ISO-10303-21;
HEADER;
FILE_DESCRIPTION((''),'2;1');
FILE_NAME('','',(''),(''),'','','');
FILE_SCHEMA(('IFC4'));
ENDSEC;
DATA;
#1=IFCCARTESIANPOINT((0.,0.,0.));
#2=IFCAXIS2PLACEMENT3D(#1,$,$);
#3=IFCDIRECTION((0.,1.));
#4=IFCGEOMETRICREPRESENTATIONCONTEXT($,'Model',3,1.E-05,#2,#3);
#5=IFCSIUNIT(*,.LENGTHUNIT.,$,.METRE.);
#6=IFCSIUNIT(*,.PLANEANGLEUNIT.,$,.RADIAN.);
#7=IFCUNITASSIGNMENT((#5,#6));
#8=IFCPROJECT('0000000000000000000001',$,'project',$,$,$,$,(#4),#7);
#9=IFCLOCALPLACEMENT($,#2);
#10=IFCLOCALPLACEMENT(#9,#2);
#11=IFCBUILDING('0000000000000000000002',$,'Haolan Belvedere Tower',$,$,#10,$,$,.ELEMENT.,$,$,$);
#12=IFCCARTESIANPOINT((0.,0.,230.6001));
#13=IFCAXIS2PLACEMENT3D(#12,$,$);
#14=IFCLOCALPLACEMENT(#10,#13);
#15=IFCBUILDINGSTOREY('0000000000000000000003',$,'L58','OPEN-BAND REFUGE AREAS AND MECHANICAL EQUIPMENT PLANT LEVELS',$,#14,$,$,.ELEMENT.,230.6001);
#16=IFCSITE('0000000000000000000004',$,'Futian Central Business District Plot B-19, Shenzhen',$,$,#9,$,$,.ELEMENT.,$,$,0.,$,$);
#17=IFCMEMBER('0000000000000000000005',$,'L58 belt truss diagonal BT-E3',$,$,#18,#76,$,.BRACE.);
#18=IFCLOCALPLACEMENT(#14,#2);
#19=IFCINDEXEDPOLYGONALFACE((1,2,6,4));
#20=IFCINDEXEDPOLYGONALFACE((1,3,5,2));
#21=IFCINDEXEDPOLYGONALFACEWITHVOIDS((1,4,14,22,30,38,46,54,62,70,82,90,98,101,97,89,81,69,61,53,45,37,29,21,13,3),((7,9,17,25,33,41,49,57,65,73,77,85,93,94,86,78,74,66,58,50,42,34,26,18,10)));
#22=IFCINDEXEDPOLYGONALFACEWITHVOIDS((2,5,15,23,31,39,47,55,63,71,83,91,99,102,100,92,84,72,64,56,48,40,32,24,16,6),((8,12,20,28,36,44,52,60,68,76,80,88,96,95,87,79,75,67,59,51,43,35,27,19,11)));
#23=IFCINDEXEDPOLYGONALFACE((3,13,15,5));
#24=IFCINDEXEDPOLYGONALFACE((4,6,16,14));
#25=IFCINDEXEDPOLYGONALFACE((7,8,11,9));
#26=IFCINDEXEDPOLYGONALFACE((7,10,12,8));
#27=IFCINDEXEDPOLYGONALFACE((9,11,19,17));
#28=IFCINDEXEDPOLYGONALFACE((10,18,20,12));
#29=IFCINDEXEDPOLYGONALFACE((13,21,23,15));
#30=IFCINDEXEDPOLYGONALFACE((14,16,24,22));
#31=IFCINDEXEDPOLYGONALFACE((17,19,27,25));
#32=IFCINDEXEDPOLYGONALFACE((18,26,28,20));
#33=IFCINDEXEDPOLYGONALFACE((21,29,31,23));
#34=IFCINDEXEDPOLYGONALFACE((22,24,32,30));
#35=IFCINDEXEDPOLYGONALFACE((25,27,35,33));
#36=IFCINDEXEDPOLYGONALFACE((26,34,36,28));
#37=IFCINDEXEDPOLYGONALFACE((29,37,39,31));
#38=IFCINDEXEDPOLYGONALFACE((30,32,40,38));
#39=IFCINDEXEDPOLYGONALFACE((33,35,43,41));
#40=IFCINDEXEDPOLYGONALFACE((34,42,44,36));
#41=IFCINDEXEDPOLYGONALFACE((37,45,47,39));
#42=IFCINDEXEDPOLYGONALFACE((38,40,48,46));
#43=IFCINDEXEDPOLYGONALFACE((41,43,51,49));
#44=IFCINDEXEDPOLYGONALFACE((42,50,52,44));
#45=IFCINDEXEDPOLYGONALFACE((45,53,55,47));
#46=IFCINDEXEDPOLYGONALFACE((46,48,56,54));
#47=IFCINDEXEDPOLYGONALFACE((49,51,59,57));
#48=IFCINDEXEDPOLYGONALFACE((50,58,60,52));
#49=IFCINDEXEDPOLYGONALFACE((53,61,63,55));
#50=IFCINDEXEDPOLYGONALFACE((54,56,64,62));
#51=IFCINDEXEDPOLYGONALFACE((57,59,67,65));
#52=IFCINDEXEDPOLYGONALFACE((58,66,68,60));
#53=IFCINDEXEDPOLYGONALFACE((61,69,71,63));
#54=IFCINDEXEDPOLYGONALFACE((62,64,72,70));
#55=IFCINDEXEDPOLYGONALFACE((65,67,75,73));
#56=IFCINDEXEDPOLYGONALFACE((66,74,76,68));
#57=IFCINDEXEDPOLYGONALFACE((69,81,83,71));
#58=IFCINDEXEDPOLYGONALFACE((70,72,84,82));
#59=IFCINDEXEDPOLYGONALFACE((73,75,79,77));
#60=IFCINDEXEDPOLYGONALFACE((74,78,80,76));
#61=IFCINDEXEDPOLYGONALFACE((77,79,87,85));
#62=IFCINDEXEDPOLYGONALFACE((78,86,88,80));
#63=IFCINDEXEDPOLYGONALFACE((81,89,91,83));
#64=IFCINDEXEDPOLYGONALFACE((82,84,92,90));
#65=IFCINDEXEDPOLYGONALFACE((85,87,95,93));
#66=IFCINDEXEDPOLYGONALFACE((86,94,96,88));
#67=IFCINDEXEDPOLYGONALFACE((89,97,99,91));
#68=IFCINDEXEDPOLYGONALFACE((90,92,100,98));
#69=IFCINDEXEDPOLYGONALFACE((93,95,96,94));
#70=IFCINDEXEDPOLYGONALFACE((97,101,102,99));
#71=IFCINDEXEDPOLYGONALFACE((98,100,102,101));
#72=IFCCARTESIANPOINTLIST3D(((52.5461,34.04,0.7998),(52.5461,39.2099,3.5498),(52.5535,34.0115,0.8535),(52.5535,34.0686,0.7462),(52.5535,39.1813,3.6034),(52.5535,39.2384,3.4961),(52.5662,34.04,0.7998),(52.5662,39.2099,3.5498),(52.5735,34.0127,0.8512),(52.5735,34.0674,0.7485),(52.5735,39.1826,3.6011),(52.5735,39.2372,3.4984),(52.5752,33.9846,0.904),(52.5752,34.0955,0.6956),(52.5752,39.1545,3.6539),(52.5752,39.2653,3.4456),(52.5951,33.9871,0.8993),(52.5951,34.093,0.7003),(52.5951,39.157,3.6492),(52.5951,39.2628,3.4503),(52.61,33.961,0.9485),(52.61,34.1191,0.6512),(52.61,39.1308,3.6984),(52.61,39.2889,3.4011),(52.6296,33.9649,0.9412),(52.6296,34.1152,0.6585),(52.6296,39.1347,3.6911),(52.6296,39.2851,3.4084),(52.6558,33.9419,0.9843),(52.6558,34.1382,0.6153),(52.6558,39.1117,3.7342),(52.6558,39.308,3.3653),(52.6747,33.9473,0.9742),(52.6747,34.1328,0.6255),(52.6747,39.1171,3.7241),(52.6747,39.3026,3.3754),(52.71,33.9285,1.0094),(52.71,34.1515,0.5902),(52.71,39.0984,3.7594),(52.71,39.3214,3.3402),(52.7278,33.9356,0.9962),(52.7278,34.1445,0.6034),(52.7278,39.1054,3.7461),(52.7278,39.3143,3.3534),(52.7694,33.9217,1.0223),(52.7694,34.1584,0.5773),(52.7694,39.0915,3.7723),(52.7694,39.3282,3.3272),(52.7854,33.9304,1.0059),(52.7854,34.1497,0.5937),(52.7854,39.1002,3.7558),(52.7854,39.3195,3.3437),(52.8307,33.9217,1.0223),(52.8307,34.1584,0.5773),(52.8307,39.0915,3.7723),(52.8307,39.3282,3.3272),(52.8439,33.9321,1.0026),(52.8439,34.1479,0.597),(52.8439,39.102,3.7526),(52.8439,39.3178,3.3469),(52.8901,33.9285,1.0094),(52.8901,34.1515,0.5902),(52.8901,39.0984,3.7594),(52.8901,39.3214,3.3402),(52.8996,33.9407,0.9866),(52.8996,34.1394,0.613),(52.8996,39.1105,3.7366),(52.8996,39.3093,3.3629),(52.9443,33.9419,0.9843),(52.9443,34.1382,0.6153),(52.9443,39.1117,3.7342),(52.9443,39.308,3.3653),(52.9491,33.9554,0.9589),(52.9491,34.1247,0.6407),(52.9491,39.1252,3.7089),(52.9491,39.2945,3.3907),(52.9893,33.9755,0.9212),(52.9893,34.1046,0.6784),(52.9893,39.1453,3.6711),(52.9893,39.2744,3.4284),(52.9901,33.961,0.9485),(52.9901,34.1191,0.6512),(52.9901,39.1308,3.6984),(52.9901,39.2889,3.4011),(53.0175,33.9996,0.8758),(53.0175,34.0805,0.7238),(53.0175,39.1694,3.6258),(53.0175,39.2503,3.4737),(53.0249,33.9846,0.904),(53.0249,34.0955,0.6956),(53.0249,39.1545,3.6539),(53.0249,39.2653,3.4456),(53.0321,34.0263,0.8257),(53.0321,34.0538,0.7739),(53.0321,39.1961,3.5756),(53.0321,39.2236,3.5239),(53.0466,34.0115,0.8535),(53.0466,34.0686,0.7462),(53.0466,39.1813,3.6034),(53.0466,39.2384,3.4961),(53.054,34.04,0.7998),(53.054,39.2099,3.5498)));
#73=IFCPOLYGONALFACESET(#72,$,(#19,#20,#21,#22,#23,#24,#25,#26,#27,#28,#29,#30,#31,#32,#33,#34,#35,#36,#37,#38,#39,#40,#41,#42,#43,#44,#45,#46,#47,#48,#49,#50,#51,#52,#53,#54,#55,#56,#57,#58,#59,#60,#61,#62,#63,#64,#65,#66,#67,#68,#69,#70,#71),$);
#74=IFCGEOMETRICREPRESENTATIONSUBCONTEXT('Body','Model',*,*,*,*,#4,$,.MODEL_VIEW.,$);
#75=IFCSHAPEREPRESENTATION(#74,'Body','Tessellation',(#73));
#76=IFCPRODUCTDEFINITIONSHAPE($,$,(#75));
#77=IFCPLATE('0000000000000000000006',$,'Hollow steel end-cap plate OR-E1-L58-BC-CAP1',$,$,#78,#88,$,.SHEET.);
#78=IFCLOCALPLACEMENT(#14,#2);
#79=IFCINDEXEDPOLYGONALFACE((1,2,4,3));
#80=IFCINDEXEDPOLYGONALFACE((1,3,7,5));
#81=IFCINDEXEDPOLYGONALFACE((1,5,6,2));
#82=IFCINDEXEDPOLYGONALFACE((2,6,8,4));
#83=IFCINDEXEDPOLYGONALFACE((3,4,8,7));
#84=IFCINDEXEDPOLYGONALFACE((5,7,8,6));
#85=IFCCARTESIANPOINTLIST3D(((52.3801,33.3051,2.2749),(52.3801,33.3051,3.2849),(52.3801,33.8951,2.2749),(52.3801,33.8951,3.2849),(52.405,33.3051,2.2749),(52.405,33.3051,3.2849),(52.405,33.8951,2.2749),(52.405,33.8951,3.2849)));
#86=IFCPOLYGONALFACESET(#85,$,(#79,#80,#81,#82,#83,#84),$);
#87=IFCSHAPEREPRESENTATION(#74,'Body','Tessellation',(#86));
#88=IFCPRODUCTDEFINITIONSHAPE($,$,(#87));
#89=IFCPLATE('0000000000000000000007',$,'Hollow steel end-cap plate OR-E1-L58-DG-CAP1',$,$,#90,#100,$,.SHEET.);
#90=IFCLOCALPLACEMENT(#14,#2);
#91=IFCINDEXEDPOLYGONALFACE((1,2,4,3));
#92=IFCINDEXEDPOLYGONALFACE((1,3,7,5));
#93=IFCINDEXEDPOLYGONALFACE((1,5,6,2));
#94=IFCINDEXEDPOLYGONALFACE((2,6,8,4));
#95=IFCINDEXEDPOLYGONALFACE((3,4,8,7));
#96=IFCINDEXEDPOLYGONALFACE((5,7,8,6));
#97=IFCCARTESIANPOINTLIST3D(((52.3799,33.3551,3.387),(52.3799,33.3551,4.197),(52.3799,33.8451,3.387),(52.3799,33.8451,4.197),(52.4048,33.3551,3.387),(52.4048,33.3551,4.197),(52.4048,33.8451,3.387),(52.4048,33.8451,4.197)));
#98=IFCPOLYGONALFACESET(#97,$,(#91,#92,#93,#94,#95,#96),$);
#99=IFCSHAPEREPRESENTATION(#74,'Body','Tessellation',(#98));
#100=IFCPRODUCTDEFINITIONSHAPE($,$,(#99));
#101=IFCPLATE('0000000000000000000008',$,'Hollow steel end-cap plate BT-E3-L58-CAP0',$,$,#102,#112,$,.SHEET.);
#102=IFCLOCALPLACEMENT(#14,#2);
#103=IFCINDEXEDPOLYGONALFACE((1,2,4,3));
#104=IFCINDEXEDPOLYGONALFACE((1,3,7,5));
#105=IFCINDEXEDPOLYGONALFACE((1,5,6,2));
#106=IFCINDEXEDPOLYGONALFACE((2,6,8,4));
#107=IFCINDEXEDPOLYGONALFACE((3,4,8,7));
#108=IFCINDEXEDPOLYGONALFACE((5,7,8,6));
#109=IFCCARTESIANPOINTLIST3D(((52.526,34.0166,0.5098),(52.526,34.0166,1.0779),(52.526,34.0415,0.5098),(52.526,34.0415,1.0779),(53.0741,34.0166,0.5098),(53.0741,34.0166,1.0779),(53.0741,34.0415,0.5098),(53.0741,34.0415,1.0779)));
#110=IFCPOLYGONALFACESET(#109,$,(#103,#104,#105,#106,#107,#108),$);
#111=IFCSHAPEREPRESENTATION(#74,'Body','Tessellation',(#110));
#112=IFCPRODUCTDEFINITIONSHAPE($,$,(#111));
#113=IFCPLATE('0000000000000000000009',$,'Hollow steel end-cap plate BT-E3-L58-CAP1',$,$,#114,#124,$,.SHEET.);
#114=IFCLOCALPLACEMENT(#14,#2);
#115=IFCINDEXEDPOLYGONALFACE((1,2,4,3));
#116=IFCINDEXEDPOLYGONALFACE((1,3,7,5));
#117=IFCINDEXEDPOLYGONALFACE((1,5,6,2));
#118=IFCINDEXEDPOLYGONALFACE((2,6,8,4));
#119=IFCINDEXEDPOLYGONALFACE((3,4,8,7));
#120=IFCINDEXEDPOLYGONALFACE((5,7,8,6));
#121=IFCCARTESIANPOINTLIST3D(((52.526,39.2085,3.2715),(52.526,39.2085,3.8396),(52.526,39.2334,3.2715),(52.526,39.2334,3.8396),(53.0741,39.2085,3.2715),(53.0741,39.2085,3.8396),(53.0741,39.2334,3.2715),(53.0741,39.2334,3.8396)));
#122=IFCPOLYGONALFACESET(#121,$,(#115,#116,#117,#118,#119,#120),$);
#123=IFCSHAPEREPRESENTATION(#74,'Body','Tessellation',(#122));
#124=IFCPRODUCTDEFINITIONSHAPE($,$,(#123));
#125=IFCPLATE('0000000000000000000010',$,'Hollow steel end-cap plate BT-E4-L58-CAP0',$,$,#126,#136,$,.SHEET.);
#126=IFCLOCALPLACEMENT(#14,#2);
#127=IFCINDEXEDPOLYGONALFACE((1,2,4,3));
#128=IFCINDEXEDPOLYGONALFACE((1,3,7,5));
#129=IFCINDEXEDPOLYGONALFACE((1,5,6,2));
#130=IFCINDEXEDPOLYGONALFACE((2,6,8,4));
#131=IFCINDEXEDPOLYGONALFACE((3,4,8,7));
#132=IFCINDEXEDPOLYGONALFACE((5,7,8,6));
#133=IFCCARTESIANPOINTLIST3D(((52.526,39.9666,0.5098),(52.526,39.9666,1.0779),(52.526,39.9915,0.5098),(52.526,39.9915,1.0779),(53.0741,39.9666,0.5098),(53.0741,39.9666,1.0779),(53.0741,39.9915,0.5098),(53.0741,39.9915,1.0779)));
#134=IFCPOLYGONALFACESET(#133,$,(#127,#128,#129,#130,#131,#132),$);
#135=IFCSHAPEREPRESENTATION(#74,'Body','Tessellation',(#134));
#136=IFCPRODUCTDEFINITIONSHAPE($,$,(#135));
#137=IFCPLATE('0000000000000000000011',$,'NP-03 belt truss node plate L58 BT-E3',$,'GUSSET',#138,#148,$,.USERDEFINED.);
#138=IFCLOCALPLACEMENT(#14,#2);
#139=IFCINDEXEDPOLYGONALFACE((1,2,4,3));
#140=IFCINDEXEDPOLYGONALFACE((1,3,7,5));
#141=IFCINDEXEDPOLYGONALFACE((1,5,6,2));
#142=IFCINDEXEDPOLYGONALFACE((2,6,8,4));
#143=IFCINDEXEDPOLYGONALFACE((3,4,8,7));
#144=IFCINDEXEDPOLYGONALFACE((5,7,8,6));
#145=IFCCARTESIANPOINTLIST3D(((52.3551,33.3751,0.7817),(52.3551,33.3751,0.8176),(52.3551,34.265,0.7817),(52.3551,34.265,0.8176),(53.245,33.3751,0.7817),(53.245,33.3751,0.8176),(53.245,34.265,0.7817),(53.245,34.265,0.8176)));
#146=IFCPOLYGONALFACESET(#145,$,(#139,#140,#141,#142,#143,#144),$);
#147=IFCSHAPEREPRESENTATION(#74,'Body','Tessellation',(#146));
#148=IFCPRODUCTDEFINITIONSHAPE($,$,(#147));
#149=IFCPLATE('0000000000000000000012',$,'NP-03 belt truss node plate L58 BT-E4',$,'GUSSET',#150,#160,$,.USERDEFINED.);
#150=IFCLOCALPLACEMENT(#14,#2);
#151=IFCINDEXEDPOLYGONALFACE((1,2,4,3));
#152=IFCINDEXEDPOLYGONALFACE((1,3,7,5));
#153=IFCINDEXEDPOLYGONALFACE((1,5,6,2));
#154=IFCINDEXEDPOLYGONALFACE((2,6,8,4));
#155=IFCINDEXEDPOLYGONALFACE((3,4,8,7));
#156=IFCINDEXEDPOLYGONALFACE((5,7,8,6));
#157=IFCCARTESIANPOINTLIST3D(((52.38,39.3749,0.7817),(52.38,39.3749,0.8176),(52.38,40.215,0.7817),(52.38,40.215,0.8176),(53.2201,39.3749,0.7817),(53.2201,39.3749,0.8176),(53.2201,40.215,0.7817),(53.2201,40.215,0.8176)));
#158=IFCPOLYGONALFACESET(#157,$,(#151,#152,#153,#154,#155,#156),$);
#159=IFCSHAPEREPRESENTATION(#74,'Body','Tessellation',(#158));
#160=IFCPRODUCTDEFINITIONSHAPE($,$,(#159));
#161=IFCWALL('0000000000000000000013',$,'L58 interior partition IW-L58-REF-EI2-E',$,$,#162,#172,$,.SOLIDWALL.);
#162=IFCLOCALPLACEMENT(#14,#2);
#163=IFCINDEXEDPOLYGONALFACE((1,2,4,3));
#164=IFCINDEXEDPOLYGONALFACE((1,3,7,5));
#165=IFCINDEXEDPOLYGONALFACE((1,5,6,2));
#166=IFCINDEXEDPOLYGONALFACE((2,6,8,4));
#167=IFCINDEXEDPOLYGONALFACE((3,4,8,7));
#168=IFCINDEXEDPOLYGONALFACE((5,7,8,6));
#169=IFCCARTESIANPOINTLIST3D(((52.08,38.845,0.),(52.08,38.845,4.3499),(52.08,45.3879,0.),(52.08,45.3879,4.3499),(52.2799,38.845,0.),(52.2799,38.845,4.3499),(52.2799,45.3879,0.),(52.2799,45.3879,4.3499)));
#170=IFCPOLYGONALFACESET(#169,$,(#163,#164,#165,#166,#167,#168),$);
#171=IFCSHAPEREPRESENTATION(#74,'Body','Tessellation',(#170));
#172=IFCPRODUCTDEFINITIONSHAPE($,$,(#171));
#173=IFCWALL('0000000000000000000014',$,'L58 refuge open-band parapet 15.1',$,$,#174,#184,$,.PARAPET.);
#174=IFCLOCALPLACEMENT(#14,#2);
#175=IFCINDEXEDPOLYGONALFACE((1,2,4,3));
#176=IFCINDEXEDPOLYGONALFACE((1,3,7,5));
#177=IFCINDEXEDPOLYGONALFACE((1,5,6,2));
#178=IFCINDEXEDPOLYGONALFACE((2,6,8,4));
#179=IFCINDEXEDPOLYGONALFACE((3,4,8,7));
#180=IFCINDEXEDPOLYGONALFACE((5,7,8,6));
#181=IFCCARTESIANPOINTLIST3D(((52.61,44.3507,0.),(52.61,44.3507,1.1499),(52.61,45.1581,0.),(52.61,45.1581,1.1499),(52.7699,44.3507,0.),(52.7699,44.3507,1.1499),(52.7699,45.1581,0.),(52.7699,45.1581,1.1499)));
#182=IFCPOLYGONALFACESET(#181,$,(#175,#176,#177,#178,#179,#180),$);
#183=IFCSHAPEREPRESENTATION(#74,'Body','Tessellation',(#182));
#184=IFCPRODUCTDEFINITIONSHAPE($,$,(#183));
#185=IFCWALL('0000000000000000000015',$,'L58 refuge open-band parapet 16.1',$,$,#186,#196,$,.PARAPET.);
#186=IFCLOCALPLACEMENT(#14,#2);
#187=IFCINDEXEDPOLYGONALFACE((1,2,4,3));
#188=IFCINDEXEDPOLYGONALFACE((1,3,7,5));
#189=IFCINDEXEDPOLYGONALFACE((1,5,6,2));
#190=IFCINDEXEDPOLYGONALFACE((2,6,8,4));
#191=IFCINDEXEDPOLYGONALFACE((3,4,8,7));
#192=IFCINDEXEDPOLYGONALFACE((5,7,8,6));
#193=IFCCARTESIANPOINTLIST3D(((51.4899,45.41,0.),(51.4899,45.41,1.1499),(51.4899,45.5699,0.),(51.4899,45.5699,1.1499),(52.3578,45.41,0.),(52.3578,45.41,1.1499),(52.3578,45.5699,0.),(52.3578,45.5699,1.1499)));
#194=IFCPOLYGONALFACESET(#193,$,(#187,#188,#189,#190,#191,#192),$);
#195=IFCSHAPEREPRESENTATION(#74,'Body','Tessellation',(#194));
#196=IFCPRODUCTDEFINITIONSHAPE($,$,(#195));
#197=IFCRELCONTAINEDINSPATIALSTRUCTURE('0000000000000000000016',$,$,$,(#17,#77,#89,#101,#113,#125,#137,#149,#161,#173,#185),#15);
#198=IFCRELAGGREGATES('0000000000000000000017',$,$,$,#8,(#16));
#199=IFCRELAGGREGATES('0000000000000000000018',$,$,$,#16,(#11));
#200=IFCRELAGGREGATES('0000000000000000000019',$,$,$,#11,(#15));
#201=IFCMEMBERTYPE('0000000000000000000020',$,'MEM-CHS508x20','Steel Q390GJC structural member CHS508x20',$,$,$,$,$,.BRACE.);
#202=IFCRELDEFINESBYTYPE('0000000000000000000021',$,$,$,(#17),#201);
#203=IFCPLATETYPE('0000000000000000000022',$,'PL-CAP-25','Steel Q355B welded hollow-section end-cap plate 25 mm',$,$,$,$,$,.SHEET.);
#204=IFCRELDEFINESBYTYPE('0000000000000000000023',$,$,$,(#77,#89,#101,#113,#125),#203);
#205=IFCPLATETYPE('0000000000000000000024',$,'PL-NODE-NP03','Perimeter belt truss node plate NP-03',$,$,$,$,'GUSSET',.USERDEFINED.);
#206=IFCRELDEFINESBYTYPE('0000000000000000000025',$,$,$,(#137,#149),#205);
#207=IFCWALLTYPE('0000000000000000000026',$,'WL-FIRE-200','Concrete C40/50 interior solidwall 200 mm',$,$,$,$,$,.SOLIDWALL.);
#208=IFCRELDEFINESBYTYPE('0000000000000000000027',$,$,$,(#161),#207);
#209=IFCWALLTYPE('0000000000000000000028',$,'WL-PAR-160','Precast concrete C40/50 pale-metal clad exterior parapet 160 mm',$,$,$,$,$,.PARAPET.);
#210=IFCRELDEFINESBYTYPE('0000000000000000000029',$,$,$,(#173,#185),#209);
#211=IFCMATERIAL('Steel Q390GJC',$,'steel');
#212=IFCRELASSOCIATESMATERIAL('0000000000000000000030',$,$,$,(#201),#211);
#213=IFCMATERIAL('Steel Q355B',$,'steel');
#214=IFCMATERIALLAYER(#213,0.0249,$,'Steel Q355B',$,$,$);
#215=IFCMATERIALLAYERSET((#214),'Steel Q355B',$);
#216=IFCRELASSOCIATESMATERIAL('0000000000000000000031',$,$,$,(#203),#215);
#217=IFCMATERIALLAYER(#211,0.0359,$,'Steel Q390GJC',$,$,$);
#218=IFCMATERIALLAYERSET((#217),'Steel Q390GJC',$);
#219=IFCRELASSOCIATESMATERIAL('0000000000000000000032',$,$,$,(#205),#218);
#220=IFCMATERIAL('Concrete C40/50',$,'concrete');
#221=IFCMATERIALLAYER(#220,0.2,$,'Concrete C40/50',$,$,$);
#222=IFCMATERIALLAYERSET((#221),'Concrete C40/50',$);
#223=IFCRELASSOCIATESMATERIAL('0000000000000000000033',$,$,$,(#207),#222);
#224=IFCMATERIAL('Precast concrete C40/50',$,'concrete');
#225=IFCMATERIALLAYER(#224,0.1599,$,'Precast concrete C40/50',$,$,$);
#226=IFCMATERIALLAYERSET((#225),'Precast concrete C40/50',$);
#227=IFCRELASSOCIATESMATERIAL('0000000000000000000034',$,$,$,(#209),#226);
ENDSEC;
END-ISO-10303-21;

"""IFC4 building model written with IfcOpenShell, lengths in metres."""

from ifc_helpers import new_model, si_unit, direction, frame, frame_2d, origin, origin_2d, place, context, subcontext, project, spatial, rectangle, hollow_circle, extrude, material, layer, layer_set, material_profile, profile_set, type_object, element, save


model = new_model("IFC4")

# Units and contexts
model_context = context("Model", 3, precision=1e-05, world=origin(), true_north=direction((0.0, 1.0)))
body_context = subcontext(model_context, "Body", "Model", "MODEL_VIEW")
ifc_project = project(units=[si_unit("LENGTHUNIT", "METRE"), si_unit("PLANEANGLEUNIT", "RADIAN")], contexts=[model_context])

# Site, building, storey
site_placement = place(None, origin())
site = spatial("IfcSite", under=ifc_project, at=site_placement, Name="Futian Central Business District Plot B-19, Shenzhen", CompositionType="ELEMENT", RefElevation=0.0)
building_placement = place(site_placement, origin())
building = spatial("IfcBuilding", under=site, at=building_placement, Name="Haolan Belvedere Tower", CompositionType="ELEMENT")
storey_placement = place(building_placement, frame((0.0, 0.0, 230.6001)))
storey = spatial("IfcBuildingStorey", under=building, at=storey_placement, Name="L58", Description="OPEN-BAND REFUGE AREAS AND MECHANICAL EQUIPMENT PLANT LEVELS", CompositionType="ELEMENT", Elevation=230.6001)

# Shared definitions
ifc_material_1 = material(Name="Steel Q390GJC", Category="steel")

# Shared definitions
ifc_material_2 = material(Name="Steel Q355B", Category="steel")

# Member
ifc_material_profile_1 = material_profile(ifc_material_1, hollow_circle(Radius=0.2539, WallThickness=0.02, at=origin_2d()), Name="Steel Q390GJC")
ifc_profile_set_1 = profile_set([ifc_material_profile_1], Name="Steel Q390GJC")
member_type = type_object("IfcMemberType", Name="MEM-CHS508x20", Description="Steel Q390GJC structural member CHS508x20", PredefinedType="BRACE", material=ifc_profile_set_1)
member_placement = place(storey_placement, frame((52.8, 34.04, 0.7998), z_axis=(0.0, 0.882869, 0.469619), x_axis=(-1.0, 0.0, 0.0)))
element("IfcMember", 1, at=member_placement, inside=storey, type_object=member_type, Name="L58 belt truss diagonal BT-E3", PredefinedType="BRACE", context=body_context, shape_type="SweptSolid", body=[
    extrude(hollow_circle(Radius=0.2539, WallThickness=0.02, at=origin_2d()), origin(), (0.0, 0.0, 1.0), 5.8557),
])

# Plates
ifc_layer_1 = layer(ifc_material_2, 0.0249, Name="Steel Q355B")
ifc_layer_set_1 = layer_set([ifc_layer_1], Name="Steel Q355B")
plate_type_1 = type_object("IfcPlateType", Name="PL-CAP-25", Description="Steel Q355B welded hollow-section end-cap plate 25 mm", PredefinedType="SHEET", material=ifc_layer_set_1)
plate_1_placement = place(storey_placement, frame((52.3926, 33.6001, 2.2749), z_axis=(0.0, 0.0, 1.0), x_axis=(0.0, 1.0, 0.0)))
element("IfcPlate", 2, at=plate_1_placement, inside=storey, type_object=plate_type_1, Name="Hollow steel end-cap plate OR-E1-L58-BC-CAP1", PredefinedType="SHEET", context=body_context, shape_type="SweptSolid", body=[
    extrude(rectangle(XDim=0.5901, YDim=0.0249, at=origin_2d()), origin(), (0.0, 0.0, 1.0), 1.01),
])
plate_2_placement = place(storey_placement, frame((52.3923, 33.6001, 3.387), z_axis=(0.0, 0.0, 1.0), x_axis=(0.0, 1.0, 0.0)))
element("IfcPlate", 3, at=plate_2_placement, inside=storey, type_object=plate_type_1, Name="Hollow steel end-cap plate OR-E1-L58-DG-CAP1", PredefinedType="SHEET", context=body_context, shape_type="SweptSolid", body=[
    extrude(rectangle(XDim=0.49, YDim=0.0249, at=origin_2d()), origin(), (0.0, 0.0, 1.0), 0.8101),
])
for number, where, z_axis, x_axis, name in (
    (4, (52.8, 34.0291, 0.5098), (0.0, 0.0, 1.0), (1.0, 0.0, 0.0), "Hollow steel end-cap plate BT-E3-L58-CAP0"),
    (5, (52.8, 39.2209, 3.2715), (0.0, 0.0, 1.0), (-1.0, 0.0, 0.0), "Hollow steel end-cap plate BT-E3-L58-CAP1"),
    (6, (52.8, 39.979, 0.5098), (0.0, 0.0, 1.0), (1.0, 0.0, 0.0), "Hollow steel end-cap plate BT-E4-L58-CAP0"),
):
    element("IfcPlate", number, at=place(storey_placement, frame(where, z_axis=z_axis, x_axis=x_axis)), inside=storey, type_object=plate_type_1, Name=name, PredefinedType="SHEET", context=body_context, shape_type="SweptSolid", body=[
        extrude(rectangle(XDim=0.5481, YDim=0.0249, at=origin_2d()), origin(), (0.0, 0.0, 1.0), 0.5681),
    ])
ifc_layer_2 = layer(ifc_material_1, 0.0359, Name="Steel Q390GJC")
ifc_layer_set_2 = layer_set([ifc_layer_2], Name="Steel Q390GJC")
plate_type_2 = type_object("IfcPlateType", Name="PL-NODE-NP03", Description="Perimeter belt truss node plate NP-03", ElementType="GUSSET", PredefinedType="USERDEFINED", material=ifc_layer_set_2)
plate_3_placement = place(storey_placement, frame((52.8, 33.8201, 0.7817), z_axis=(0.0, 0.0, 1.0), x_axis=(1.0, 0.0, 0.0)))
element("IfcPlate", 7, at=plate_3_placement, inside=storey, type_object=plate_type_2, Name="NP-03 belt truss node plate L58 BT-E3", ObjectType="GUSSET", PredefinedType="USERDEFINED", context=body_context, shape_type="SweptSolid", body=[
    extrude(rectangle(XDim=0.8899, YDim=0.8899, at=origin_2d()), origin(), (0.0, 0.0, 1.0), 0.0359),
])
plate_4_placement = place(storey_placement, frame((52.8, 39.7949, 0.7817), z_axis=(0.0, 0.0, 1.0), x_axis=(1.0, 0.0, 0.0)))
element("IfcPlate", 8, at=plate_4_placement, inside=storey, type_object=plate_type_2, Name="NP-03 belt truss node plate L58 BT-E4", ObjectType="GUSSET", PredefinedType="USERDEFINED", context=body_context, shape_type="SweptSolid", body=[
    extrude(rectangle(XDim=0.8401, YDim=0.8401, at=origin_2d()), origin(), (0.0, 0.0, 1.0), 0.0359),
])

# Walls
ifc_material_3 = material(Name="Concrete C40/50", Category="concrete")
ifc_layer_3 = layer(ifc_material_3, 0.2, Name="Concrete C40/50")
ifc_layer_set_3 = layer_set([ifc_layer_3], Name="Concrete C40/50")
wall_type_1 = type_object("IfcWallType", Name="WL-FIRE-200", Description="Concrete C40/50 interior solidwall 200 mm", PredefinedType="SOLIDWALL", material=ifc_layer_set_3)
wall_1_placement = place(storey_placement, frame((52.1799, 38.845, 0.0), z_axis=(0.0, 0.0, 1.0), x_axis=(0.0, 1.0, 0.0)))
element("IfcWall", 9, at=wall_1_placement, inside=storey, type_object=wall_type_1, Name="L58 interior partition IW-L58-REF-EI2-E", PredefinedType="SOLIDWALL", context=body_context, shape_type="SweptSolid", body=[
    extrude(rectangle(XDim=6.543, YDim=0.2, at=frame_2d((3.2715, 0.0))), origin(), (0.0, 0.0, 1.0), 4.3499),
])
ifc_material_4 = material(Name="Precast concrete C40/50", Category="concrete")
ifc_layer_4 = layer(ifc_material_4, 0.1599, Name="Precast concrete C40/50")
ifc_layer_set_4 = layer_set([ifc_layer_4], Name="Precast concrete C40/50")
wall_type_2 = type_object("IfcWallType", Name="WL-PAR-160", Description="Precast concrete C40/50 pale-metal clad exterior parapet 160 mm", PredefinedType="PARAPET", material=ifc_layer_set_4)
wall_2_placement = place(storey_placement, frame((52.6899, 44.3506, 0.0), z_axis=(0.0, 0.0, 1.0), x_axis=(0.0, 1.0, 0.0)))
element("IfcWall", 10, at=wall_2_placement, inside=storey, type_object=wall_type_2, Name="L58 refuge open-band parapet 15.1", PredefinedType="PARAPET", context=body_context, shape_type="SweptSolid", body=[
    extrude(rectangle(XDim=0.8074, YDim=0.1599, at=frame_2d((0.4038, 0.0))), origin(), (0.0, 0.0, 1.0), 1.1499),
])
wall_3_placement = place(storey_placement, frame((52.3579, 45.49, 0.0), z_axis=(0.0, 0.0, 1.0), x_axis=(-1.0, 0.0, 0.0)))
element("IfcWall", 11, at=wall_3_placement, inside=storey, type_object=wall_type_2, Name="L58 refuge open-band parapet 16.1", PredefinedType="PARAPET", context=body_context, shape_type="SweptSolid", body=[
    extrude(rectangle(XDim=0.8679, YDim=0.1599, at=frame_2d((0.4341, 0.0))), origin(), (0.0, 0.0, 1.0), 1.1499),
])

save(model, "model.ifc")
